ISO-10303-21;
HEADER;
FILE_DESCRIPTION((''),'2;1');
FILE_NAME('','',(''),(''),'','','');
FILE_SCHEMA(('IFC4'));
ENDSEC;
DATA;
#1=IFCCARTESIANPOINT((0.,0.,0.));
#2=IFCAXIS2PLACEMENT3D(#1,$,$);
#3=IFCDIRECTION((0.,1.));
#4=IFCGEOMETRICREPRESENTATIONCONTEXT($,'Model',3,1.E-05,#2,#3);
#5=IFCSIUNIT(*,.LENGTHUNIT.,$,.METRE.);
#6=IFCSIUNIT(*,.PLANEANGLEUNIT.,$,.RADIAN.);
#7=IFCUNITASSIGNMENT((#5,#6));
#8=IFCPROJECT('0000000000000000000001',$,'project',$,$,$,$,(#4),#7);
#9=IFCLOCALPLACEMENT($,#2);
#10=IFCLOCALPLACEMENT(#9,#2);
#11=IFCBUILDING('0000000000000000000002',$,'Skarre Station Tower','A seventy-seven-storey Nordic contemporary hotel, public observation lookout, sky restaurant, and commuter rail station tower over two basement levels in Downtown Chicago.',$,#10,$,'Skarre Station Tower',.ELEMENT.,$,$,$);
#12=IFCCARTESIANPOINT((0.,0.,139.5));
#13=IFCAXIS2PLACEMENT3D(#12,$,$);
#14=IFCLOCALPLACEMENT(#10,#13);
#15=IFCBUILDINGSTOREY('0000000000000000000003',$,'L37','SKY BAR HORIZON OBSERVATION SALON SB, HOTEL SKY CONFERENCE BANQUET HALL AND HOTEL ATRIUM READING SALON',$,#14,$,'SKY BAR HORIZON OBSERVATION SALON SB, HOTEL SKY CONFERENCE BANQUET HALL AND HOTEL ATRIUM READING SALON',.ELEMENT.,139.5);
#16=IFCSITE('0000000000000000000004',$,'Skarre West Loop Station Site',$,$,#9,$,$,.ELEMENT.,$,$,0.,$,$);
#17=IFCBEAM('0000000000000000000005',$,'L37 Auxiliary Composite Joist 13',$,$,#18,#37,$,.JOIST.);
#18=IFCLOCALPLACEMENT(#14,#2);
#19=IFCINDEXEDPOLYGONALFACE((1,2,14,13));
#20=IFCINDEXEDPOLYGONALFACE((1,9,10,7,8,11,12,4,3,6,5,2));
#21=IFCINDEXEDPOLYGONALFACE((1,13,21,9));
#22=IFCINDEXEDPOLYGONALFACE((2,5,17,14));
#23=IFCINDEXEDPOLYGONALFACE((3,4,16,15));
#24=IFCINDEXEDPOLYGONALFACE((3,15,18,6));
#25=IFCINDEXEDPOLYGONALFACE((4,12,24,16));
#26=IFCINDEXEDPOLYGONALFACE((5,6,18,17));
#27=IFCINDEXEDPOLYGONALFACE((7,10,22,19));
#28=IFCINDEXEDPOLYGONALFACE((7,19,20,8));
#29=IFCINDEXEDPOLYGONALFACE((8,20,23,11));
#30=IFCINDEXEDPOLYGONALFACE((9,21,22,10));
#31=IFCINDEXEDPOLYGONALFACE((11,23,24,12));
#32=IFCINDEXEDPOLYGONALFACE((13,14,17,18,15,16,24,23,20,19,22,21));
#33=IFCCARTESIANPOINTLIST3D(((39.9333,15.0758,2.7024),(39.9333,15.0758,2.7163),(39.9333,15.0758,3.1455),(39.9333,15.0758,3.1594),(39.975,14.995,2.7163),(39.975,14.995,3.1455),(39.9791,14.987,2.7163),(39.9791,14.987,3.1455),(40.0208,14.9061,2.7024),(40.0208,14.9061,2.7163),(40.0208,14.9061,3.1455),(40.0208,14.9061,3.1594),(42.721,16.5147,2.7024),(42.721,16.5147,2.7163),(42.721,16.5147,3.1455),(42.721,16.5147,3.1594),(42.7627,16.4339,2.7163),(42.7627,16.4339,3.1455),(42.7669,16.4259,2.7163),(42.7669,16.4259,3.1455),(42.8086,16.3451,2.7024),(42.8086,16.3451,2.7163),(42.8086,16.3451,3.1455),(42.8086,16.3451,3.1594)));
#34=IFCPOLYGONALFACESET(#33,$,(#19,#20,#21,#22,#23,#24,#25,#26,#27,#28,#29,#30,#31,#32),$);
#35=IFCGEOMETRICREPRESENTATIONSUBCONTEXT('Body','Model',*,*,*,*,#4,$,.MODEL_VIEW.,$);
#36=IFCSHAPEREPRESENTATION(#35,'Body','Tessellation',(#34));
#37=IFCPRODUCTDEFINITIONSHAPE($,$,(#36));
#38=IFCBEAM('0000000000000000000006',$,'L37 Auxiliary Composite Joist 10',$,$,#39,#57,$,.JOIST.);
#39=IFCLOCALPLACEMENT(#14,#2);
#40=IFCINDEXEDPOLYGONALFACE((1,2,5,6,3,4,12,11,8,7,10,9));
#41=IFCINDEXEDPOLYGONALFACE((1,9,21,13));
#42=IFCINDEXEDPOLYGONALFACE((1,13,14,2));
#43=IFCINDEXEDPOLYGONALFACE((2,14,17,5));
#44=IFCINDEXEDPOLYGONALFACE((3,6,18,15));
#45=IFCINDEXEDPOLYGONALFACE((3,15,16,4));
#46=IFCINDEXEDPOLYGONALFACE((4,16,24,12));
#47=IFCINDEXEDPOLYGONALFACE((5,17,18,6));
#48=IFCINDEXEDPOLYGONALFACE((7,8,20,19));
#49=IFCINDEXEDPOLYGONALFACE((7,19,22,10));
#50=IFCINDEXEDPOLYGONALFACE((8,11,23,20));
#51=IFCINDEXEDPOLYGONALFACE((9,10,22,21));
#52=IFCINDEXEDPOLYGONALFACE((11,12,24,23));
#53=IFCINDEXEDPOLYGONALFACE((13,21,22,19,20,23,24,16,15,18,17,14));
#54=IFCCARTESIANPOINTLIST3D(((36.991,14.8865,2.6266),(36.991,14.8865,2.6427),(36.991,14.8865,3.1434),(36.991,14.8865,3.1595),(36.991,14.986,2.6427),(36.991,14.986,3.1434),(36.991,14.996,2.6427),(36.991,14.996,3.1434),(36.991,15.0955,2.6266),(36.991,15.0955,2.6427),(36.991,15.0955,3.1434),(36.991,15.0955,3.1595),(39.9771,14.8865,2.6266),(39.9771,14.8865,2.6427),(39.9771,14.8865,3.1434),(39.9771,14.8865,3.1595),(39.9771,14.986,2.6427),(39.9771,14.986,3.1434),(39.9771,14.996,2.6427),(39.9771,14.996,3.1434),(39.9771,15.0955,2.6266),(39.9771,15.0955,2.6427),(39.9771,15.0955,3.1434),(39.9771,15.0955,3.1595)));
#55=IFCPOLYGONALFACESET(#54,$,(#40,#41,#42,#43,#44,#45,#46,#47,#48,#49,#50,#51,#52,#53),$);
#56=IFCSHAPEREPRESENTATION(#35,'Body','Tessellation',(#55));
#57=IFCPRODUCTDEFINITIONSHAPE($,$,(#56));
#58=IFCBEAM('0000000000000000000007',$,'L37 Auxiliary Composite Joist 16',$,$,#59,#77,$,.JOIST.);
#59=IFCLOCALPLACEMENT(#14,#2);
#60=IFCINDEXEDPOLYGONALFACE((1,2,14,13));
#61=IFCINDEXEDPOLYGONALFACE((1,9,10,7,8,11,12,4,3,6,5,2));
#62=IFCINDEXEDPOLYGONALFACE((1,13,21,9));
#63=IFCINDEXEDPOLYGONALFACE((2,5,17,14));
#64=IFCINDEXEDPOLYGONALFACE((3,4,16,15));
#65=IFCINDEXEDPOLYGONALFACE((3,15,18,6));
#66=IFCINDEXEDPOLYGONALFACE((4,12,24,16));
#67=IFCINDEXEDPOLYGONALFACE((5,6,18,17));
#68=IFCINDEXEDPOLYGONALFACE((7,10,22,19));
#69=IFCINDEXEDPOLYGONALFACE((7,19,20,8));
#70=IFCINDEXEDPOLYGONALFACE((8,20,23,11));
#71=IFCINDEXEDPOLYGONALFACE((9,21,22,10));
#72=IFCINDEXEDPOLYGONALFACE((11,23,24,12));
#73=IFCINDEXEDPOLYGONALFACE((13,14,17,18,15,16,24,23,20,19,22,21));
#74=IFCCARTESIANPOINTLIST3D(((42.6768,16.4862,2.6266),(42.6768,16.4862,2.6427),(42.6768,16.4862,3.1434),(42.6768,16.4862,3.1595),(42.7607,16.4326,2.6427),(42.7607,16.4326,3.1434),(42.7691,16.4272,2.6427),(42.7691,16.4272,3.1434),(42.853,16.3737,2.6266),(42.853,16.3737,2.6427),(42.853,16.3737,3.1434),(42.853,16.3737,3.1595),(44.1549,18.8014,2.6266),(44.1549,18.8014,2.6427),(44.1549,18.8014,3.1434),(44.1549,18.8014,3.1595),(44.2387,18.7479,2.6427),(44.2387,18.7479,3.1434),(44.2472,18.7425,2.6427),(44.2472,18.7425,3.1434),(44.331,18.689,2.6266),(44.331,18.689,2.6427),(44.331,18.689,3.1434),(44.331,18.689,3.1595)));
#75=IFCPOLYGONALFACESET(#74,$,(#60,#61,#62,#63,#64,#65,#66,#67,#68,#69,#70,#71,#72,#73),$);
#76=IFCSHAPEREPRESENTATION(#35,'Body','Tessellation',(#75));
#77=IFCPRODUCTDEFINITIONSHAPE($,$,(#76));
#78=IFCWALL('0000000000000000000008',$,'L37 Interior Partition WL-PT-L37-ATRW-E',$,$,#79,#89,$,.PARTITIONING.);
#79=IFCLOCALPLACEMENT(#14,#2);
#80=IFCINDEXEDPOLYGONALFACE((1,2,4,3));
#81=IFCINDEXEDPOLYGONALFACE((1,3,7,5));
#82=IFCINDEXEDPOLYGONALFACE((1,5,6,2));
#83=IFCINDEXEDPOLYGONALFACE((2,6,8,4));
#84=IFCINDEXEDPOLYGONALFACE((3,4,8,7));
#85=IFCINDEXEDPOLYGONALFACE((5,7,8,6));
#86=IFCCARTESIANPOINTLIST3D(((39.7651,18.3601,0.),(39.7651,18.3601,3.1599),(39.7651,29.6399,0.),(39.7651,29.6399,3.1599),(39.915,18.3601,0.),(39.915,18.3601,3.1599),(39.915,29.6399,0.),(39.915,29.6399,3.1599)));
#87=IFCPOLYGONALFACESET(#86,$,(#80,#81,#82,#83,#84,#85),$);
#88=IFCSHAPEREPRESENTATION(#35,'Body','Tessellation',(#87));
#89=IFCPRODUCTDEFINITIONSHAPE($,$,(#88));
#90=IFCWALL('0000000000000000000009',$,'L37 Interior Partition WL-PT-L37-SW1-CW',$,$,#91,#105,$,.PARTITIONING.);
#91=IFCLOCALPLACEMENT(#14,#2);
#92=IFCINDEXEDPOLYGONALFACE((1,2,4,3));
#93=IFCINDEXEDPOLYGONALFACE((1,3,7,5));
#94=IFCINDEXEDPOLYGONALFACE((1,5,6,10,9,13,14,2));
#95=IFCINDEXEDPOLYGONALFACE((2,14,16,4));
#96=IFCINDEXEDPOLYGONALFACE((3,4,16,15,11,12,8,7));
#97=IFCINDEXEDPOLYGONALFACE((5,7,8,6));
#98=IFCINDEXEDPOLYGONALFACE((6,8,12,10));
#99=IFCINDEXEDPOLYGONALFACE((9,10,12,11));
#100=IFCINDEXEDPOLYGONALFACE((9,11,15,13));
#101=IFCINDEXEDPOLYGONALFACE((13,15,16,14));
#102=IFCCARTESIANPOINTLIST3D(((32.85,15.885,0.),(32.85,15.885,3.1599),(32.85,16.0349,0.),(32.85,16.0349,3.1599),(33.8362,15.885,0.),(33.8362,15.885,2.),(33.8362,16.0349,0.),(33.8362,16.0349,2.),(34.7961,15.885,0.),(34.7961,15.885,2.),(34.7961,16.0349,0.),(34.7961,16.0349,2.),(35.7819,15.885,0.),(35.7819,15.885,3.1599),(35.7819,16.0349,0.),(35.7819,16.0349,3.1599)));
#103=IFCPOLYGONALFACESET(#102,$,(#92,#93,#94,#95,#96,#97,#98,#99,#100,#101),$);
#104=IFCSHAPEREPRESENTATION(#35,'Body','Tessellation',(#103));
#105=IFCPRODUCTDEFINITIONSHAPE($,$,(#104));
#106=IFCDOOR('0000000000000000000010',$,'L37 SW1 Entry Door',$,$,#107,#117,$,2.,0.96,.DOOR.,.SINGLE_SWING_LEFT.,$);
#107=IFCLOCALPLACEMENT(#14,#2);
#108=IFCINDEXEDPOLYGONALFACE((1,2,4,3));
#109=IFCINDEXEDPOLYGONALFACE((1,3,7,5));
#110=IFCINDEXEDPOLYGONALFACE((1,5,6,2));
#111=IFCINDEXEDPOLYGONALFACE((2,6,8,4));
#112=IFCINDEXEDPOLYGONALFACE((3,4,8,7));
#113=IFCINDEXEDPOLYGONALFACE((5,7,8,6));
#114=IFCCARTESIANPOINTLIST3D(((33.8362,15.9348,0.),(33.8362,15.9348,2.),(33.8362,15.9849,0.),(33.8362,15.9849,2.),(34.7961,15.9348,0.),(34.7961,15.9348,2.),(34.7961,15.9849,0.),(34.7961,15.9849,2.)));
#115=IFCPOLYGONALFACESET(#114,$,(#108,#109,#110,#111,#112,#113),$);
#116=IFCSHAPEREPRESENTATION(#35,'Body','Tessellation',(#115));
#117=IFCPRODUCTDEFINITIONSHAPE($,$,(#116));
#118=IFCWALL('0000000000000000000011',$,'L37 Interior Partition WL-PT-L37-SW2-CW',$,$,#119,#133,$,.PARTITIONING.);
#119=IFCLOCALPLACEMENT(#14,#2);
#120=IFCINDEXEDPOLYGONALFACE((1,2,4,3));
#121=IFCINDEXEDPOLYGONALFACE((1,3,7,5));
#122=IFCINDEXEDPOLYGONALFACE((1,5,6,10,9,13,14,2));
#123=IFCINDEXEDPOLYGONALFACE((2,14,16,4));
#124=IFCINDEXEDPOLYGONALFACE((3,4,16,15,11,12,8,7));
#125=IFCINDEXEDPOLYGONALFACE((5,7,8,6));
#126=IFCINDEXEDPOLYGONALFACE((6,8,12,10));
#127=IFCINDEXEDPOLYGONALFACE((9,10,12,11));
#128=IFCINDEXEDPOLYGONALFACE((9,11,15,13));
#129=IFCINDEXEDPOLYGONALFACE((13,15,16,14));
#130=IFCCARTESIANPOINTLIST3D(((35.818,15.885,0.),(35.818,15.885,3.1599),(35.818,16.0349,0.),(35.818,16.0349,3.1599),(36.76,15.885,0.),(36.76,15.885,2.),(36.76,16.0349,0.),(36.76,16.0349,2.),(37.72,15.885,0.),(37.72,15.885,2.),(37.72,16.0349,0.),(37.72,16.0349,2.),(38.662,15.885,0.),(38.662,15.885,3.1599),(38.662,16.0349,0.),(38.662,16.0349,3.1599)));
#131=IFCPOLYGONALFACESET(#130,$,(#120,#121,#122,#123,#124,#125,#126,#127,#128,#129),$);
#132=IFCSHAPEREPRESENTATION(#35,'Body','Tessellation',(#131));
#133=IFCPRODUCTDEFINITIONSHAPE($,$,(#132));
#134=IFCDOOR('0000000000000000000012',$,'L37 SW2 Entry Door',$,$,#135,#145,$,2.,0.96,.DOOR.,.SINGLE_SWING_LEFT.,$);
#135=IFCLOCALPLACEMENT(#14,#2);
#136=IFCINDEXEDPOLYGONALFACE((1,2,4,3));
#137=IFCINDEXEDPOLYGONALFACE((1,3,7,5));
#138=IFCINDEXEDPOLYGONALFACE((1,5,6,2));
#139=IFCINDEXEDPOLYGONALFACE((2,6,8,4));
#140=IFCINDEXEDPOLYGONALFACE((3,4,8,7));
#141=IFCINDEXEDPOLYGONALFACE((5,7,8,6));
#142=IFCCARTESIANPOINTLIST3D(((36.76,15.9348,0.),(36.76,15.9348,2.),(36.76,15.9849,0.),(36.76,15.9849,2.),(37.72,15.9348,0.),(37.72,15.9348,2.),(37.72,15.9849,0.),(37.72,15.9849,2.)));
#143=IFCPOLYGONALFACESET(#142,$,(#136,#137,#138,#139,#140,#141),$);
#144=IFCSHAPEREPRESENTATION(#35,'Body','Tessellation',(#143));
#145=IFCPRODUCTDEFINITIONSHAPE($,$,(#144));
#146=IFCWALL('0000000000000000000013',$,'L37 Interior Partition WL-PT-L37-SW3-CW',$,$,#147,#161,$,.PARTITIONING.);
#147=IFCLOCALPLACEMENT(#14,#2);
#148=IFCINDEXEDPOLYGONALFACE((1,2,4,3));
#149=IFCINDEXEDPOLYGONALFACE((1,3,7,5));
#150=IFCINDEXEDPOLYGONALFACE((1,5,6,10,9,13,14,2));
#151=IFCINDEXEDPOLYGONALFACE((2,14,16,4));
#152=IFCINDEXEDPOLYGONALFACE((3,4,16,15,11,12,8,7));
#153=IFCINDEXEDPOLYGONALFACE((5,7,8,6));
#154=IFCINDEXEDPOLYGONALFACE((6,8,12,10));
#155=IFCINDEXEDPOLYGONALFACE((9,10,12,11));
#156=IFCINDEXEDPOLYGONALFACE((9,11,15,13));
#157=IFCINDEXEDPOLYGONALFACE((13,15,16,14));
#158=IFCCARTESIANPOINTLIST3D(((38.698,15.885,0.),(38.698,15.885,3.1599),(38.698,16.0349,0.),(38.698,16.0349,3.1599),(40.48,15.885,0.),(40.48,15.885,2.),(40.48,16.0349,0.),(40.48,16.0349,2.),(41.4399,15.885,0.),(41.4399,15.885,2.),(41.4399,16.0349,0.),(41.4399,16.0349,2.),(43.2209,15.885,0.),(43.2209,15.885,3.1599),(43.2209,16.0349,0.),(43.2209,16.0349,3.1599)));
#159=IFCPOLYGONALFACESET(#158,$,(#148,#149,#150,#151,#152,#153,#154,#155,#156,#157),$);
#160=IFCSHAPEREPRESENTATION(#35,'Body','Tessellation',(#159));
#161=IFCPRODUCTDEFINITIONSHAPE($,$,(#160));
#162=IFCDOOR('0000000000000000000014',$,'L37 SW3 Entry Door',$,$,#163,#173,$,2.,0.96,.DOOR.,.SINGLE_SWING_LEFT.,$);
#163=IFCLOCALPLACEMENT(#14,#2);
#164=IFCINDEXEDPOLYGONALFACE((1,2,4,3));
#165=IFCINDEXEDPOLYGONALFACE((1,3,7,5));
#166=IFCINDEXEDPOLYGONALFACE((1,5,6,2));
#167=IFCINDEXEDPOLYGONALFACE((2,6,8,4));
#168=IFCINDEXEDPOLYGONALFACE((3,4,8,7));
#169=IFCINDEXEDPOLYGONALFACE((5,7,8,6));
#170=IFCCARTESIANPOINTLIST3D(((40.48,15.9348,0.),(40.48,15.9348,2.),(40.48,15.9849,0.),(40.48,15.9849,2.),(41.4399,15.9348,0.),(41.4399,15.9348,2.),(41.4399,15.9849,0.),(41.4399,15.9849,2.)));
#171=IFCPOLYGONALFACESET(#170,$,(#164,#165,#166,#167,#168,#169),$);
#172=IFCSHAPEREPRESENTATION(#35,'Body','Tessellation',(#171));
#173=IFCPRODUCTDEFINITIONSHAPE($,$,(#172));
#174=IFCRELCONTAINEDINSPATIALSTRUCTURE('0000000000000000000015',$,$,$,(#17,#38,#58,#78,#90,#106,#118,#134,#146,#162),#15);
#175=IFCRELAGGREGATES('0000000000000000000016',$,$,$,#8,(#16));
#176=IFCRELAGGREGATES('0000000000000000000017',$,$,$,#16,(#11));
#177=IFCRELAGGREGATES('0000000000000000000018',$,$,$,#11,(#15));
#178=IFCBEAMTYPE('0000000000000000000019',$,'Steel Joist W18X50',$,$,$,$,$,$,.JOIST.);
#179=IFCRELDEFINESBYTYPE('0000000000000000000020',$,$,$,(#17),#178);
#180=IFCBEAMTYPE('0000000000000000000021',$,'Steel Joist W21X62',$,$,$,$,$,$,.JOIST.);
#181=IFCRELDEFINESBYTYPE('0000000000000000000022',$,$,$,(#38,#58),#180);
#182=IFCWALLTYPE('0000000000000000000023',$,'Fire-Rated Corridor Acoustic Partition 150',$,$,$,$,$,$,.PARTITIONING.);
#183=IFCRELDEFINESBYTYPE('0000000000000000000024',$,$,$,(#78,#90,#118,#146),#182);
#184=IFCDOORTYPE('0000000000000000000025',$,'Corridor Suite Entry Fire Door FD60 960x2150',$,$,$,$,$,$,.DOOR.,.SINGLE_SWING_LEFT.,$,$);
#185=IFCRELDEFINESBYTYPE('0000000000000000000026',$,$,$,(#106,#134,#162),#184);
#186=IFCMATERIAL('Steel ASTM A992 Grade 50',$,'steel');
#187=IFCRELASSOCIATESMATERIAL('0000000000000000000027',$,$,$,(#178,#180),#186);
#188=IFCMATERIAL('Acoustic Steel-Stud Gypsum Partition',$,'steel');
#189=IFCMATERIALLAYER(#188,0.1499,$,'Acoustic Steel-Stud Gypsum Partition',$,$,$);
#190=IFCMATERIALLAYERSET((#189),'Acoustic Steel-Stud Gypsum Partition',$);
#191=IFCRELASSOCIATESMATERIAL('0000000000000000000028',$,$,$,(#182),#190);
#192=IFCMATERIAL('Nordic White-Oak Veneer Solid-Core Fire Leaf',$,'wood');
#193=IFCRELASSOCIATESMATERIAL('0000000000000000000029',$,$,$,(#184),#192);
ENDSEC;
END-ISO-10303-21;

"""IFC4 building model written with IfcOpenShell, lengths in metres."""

from ifc_helpers import new_model, si_unit, direction, frame, frame_2d, origin, origin_2d, place, context, subcontext, project, spatial, rectangle, i_section, extrude, material, layer, layer_set, material_profile, profile_set, type_object, element, fill, save


model = new_model("IFC4")

# Units and contexts
model_context = context("Model", 3, precision=1e-05, world=origin(), true_north=direction((0.0, 1.0)))
body_context = subcontext(model_context, "Body", "Model", "MODEL_VIEW")
ifc_project = project(units=[si_unit("LENGTHUNIT", "METRE"), si_unit("PLANEANGLEUNIT", "RADIAN")], contexts=[model_context])

# Site, building, storey
site_placement = place(None, origin())
site = spatial("IfcSite", under=ifc_project, at=site_placement, Name="Skarre West Loop Station Site", CompositionType="ELEMENT", RefElevation=0.0)
building_placement = place(site_placement, origin())
building = spatial("IfcBuilding", under=site, at=building_placement, Name="Skarre Station Tower", Description="A seventy-seven-storey Nordic contemporary hotel, public observation lookout, sky restaurant, and commuter rail station tower over two basement levels in Downtown Chicago.", LongName="Skarre Station Tower", CompositionType="ELEMENT")
storey_placement = place(building_placement, frame((0.0, 0.0, 139.5)))
storey = spatial("IfcBuildingStorey", under=building, at=storey_placement, Name="L37", Description="SKY BAR HORIZON OBSERVATION SALON SB, HOTEL SKY CONFERENCE BANQUET HALL AND HOTEL ATRIUM READING SALON", LongName="SKY BAR HORIZON OBSERVATION SALON SB, HOTEL SKY CONFERENCE BANQUET HALL AND HOTEL ATRIUM READING SALON", CompositionType="ELEMENT", Elevation=139.5)

# Beams
ifc_material_1 = material(Name="Steel ASTM A992 Grade 50", Category="steel")
ifc_material_profile_1 = material_profile(ifc_material_1, i_section(OverallWidth=0.1909, OverallDepth=0.457, WebThickness=0.009, FlangeThickness=0.0139, at=origin_2d()), Name="Steel ASTM A992 Grade 50")
ifc_profile_set_1 = profile_set([ifc_material_profile_1], Name="Steel ASTM A992 Grade 50")
beam_type_1 = type_object("IfcBeamType", Name="Steel Joist W18X50", PredefinedType="JOIST", material=ifc_profile_set_1)
beam_1_placement = place(storey_placement, frame((39.9771, 14.991, 2.9309), z_axis=(0.88861, 0.458663, 0.0), x_axis=(-0.458663, 0.88861, 0.0)))
element("IfcBeam", 1, at=beam_1_placement, inside=storey, type_object=beam_type_1, Name="L37 Auxiliary Composite Joist 13", PredefinedType="JOIST", context=body_context, shape_type="SweptSolid", body=[
    extrude(i_section(OverallWidth=0.1909, OverallDepth=0.457, WebThickness=0.009, FlangeThickness=0.0139, at=origin_2d()), origin(), (0.0, 0.0, 1.0), 3.1372),
])
ifc_material_profile_2 = material_profile(ifc_material_1, i_section(OverallWidth=0.209, OverallDepth=0.533, WebThickness=0.01, FlangeThickness=0.0161, at=origin_2d()), Name="Steel ASTM A992 Grade 50")
ifc_profile_set_2 = profile_set([ifc_material_profile_2], Name="Steel ASTM A992 Grade 50")
beam_type_2 = type_object("IfcBeamType", Name="Steel Joist W21X62", PredefinedType="JOIST", material=ifc_profile_set_2)
beam_2_placement = place(storey_placement, frame((36.991, 14.991, 2.8931), z_axis=(1.0, 0.0, 0.0), x_axis=(0.0, 1.0, 0.0)))
element("IfcBeam", 2, at=beam_2_placement, inside=storey, type_object=beam_type_2, Name="L37 Auxiliary Composite Joist 10", PredefinedType="JOIST", context=body_context, shape_type="SweptSolid", body=[
    extrude(i_section(OverallWidth=0.209, OverallDepth=0.533, WebThickness=0.01, FlangeThickness=0.0161, at=origin_2d()), origin(), (0.0, 0.0, 1.0), 2.9861),
])
beam_3_placement = place(storey_placement, frame((42.7649, 16.4299, 2.8931), z_axis=(0.5381, 0.842881, 0.0), x_axis=(-0.842881, 0.5381, 0.0)))
element("IfcBeam", 3, at=beam_3_placement, inside=storey, type_object=beam_type_2, Name="L37 Auxiliary Composite Joist 16", PredefinedType="JOIST", context=body_context, shape_type="SweptSolid", body=[
    extrude(i_section(OverallWidth=0.209, OverallDepth=0.533, WebThickness=0.01, FlangeThickness=0.0161, at=origin_2d()), origin(), (0.0, 0.0, 1.0), 2.7468),
])

# Wall
ifc_material_2 = material(Name="Acoustic Steel-Stud Gypsum Partition", Category="steel")
ifc_layer_1 = layer(ifc_material_2, 0.1499, Name="Acoustic Steel-Stud Gypsum Partition")
ifc_layer_set_1 = layer_set([ifc_layer_1], Name="Acoustic Steel-Stud Gypsum Partition")
wall_type_1 = type_object("IfcWallType", Name="Fire-Rated Corridor Acoustic Partition 150", PredefinedType="PARTITIONING", material=ifc_layer_set_1)
wall_1_placement = place(storey_placement, frame((39.8401, 18.3601, 0.0), z_axis=(0.0, 0.0, 1.0), x_axis=(0.0, 1.0, 0.0)))
element("IfcWall", 4, at=wall_1_placement, inside=storey, type_object=wall_type_1, Name="L37 Interior Partition WL-PT-L37-ATRW-E", PredefinedType="PARTITIONING", context=body_context, shape_type="SweptSolid", body=[
    extrude(rectangle(XDim=11.2798, YDim=0.1499, at=frame_2d((5.6399, 0.0))), origin(), (0.0, 0.0, 1.0), 3.1599),
])

# Walls, openings, doors
wall_2_placement = place(storey_placement, frame((32.8501, 15.96, 0.0), z_axis=(0.0, 0.0, 1.0), x_axis=(1.0, 0.0, 0.0)))
wall_2 = element("IfcWall", 5, at=wall_2_placement, inside=storey, type_object=wall_type_1, Name="L37 Interior Partition WL-PT-L37-SW1-CW", PredefinedType="PARTITIONING", context=body_context, shape_type="SweptSolid", body=[
    extrude(rectangle(XDim=2.9319, YDim=0.1499, at=frame_2d((1.4658, 0.0))), origin(), (0.0, 0.0, 1.0), 3.1599),
])
opening_1_placement = place(wall_2_placement, frame((0.9861, 0.0, 0.0)))
opening_1 = element("IfcOpeningElement", 6, at=opening_1_placement, cuts=wall_2, PredefinedType="OPENING", context=body_context, shape_type="SweptSolid", body=[
    extrude(rectangle(XDim=0.96, YDim=2.0, at=frame_2d((0.48, 1.0))), frame((0.0, 0.085, 0.0), z_axis=(0.0, -1.0, 0.0), x_axis=(1.0, 0.0, 0.0)), (0.0, 0.0, 1.0), 0.1699),
])
ifc_material_3 = material(Name="Nordic White-Oak Veneer Solid-Core Fire Leaf", Category="wood")
door_type_1 = type_object("IfcDoorType", Name="Corridor Suite Entry Fire Door FD60 960x2150", OperationType="SINGLE_SWING_LEFT", PredefinedType="DOOR", material=ifc_material_3)
door_1_placement = place(opening_1_placement, origin())
door_1 = element("IfcDoor", 7, at=door_1_placement, inside=storey, type_object=door_type_1, Name="L37 SW1 Entry Door", OperationType="SINGLE_SWING_LEFT", OverallHeight=2.0, OverallWidth=0.96, PredefinedType="DOOR", context=body_context, shape_type="SweptSolid", body=[
    extrude(rectangle(XDim=0.96, YDim=2.0, at=frame_2d((0.48, 1.0))), frame((0.0, 0.0249, 0.0), z_axis=(0.0, -1.0, 0.0), x_axis=(1.0, 0.0, 0.0)), (0.0, 0.0, 1.0), 0.05),
])
fill(opening_1, door_1)
wall_3_placement = place(storey_placement, frame((35.8181, 15.96, 0.0), z_axis=(0.0, 0.0, 1.0), x_axis=(1.0, 0.0, 0.0)))
wall_3 = element("IfcWall", 8, at=wall_3_placement, inside=storey, type_object=wall_type_1, Name="L37 Interior Partition WL-PT-L37-SW2-CW", PredefinedType="PARTITIONING", context=body_context, shape_type="SweptSolid", body=[
    extrude(rectangle(XDim=2.844, YDim=0.1499, at=frame_2d((1.4219, 0.0))), origin(), (0.0, 0.0, 1.0), 3.1599),
])
opening_2_placement = place(wall_3_placement, frame((0.9419, 0.0, 0.0)))
opening_2 = element("IfcOpeningElement", 9, at=opening_2_placement, cuts=wall_3, PredefinedType="OPENING", context=body_context, shape_type="SweptSolid", body=[
    extrude(rectangle(XDim=0.96, YDim=2.0, at=frame_2d((0.48, 1.0))), frame((0.0, 0.085, 0.0), z_axis=(0.0, -1.0, 0.0), x_axis=(1.0, 0.0, 0.0)), (0.0, 0.0, 1.0), 0.1699),
])
door_2_placement = place(opening_2_placement, origin())
door_2 = element("IfcDoor", 10, at=door_2_placement, inside=storey, type_object=door_type_1, Name="L37 SW2 Entry Door", OperationType="SINGLE_SWING_LEFT", OverallHeight=2.0, OverallWidth=0.96, PredefinedType="DOOR", context=body_context, shape_type="SweptSolid", body=[
    extrude(rectangle(XDim=0.96, YDim=2.0, at=frame_2d((0.48, 1.0))), frame((0.0, 0.0249, 0.0), z_axis=(0.0, -1.0, 0.0), x_axis=(1.0, 0.0, 0.0)), (0.0, 0.0, 1.0), 0.05),
])
fill(opening_2, door_2)
wall_4_placement = place(storey_placement, frame((38.698, 15.96, 0.0), z_axis=(0.0, 0.0, 1.0), x_axis=(1.0, 0.0, 0.0)))
wall_4 = element("IfcWall", 11, at=wall_4_placement, inside=storey, type_object=wall_type_1, Name="L37 Interior Partition WL-PT-L37-SW3-CW", PredefinedType="PARTITIONING", context=body_context, shape_type="SweptSolid", body=[
    extrude(rectangle(XDim=4.5229, YDim=0.1499, at=frame_2d((2.2615, 0.0))), origin(), (0.0, 0.0, 1.0), 3.1599),
])
opening_3_placement = place(wall_4_placement, frame((1.782, 0.0, 0.0)))
opening_3 = element("IfcOpeningElement", 12, at=opening_3_placement, cuts=wall_4, PredefinedType="OPENING", context=body_context, shape_type="SweptSolid", body=[
    extrude(rectangle(XDim=0.96, YDim=2.0, at=frame_2d((0.48, 1.0))), frame((0.0, 0.085, 0.0), z_axis=(0.0, -1.0, 0.0), x_axis=(1.0, 0.0, 0.0)), (0.0, 0.0, 1.0), 0.1699),
])
door_3_placement = place(opening_3_placement, origin())
door_3 = element("IfcDoor", 13, at=door_3_placement, inside=storey, type_object=door_type_1, Name="L37 SW3 Entry Door", OperationType="SINGLE_SWING_LEFT", OverallHeight=2.0, OverallWidth=0.96, PredefinedType="DOOR", context=body_context, shape_type="SweptSolid", body=[
    extrude(rectangle(XDim=0.96, YDim=2.0, at=frame_2d((0.48, 1.0))), frame((0.0, 0.0249, 0.0), z_axis=(0.0, -1.0, 0.0), x_axis=(1.0, 0.0, 0.0)), (0.0, 0.0, 1.0), 0.05),
])
fill(opening_3, door_3)

save(model, "model.ifc")
